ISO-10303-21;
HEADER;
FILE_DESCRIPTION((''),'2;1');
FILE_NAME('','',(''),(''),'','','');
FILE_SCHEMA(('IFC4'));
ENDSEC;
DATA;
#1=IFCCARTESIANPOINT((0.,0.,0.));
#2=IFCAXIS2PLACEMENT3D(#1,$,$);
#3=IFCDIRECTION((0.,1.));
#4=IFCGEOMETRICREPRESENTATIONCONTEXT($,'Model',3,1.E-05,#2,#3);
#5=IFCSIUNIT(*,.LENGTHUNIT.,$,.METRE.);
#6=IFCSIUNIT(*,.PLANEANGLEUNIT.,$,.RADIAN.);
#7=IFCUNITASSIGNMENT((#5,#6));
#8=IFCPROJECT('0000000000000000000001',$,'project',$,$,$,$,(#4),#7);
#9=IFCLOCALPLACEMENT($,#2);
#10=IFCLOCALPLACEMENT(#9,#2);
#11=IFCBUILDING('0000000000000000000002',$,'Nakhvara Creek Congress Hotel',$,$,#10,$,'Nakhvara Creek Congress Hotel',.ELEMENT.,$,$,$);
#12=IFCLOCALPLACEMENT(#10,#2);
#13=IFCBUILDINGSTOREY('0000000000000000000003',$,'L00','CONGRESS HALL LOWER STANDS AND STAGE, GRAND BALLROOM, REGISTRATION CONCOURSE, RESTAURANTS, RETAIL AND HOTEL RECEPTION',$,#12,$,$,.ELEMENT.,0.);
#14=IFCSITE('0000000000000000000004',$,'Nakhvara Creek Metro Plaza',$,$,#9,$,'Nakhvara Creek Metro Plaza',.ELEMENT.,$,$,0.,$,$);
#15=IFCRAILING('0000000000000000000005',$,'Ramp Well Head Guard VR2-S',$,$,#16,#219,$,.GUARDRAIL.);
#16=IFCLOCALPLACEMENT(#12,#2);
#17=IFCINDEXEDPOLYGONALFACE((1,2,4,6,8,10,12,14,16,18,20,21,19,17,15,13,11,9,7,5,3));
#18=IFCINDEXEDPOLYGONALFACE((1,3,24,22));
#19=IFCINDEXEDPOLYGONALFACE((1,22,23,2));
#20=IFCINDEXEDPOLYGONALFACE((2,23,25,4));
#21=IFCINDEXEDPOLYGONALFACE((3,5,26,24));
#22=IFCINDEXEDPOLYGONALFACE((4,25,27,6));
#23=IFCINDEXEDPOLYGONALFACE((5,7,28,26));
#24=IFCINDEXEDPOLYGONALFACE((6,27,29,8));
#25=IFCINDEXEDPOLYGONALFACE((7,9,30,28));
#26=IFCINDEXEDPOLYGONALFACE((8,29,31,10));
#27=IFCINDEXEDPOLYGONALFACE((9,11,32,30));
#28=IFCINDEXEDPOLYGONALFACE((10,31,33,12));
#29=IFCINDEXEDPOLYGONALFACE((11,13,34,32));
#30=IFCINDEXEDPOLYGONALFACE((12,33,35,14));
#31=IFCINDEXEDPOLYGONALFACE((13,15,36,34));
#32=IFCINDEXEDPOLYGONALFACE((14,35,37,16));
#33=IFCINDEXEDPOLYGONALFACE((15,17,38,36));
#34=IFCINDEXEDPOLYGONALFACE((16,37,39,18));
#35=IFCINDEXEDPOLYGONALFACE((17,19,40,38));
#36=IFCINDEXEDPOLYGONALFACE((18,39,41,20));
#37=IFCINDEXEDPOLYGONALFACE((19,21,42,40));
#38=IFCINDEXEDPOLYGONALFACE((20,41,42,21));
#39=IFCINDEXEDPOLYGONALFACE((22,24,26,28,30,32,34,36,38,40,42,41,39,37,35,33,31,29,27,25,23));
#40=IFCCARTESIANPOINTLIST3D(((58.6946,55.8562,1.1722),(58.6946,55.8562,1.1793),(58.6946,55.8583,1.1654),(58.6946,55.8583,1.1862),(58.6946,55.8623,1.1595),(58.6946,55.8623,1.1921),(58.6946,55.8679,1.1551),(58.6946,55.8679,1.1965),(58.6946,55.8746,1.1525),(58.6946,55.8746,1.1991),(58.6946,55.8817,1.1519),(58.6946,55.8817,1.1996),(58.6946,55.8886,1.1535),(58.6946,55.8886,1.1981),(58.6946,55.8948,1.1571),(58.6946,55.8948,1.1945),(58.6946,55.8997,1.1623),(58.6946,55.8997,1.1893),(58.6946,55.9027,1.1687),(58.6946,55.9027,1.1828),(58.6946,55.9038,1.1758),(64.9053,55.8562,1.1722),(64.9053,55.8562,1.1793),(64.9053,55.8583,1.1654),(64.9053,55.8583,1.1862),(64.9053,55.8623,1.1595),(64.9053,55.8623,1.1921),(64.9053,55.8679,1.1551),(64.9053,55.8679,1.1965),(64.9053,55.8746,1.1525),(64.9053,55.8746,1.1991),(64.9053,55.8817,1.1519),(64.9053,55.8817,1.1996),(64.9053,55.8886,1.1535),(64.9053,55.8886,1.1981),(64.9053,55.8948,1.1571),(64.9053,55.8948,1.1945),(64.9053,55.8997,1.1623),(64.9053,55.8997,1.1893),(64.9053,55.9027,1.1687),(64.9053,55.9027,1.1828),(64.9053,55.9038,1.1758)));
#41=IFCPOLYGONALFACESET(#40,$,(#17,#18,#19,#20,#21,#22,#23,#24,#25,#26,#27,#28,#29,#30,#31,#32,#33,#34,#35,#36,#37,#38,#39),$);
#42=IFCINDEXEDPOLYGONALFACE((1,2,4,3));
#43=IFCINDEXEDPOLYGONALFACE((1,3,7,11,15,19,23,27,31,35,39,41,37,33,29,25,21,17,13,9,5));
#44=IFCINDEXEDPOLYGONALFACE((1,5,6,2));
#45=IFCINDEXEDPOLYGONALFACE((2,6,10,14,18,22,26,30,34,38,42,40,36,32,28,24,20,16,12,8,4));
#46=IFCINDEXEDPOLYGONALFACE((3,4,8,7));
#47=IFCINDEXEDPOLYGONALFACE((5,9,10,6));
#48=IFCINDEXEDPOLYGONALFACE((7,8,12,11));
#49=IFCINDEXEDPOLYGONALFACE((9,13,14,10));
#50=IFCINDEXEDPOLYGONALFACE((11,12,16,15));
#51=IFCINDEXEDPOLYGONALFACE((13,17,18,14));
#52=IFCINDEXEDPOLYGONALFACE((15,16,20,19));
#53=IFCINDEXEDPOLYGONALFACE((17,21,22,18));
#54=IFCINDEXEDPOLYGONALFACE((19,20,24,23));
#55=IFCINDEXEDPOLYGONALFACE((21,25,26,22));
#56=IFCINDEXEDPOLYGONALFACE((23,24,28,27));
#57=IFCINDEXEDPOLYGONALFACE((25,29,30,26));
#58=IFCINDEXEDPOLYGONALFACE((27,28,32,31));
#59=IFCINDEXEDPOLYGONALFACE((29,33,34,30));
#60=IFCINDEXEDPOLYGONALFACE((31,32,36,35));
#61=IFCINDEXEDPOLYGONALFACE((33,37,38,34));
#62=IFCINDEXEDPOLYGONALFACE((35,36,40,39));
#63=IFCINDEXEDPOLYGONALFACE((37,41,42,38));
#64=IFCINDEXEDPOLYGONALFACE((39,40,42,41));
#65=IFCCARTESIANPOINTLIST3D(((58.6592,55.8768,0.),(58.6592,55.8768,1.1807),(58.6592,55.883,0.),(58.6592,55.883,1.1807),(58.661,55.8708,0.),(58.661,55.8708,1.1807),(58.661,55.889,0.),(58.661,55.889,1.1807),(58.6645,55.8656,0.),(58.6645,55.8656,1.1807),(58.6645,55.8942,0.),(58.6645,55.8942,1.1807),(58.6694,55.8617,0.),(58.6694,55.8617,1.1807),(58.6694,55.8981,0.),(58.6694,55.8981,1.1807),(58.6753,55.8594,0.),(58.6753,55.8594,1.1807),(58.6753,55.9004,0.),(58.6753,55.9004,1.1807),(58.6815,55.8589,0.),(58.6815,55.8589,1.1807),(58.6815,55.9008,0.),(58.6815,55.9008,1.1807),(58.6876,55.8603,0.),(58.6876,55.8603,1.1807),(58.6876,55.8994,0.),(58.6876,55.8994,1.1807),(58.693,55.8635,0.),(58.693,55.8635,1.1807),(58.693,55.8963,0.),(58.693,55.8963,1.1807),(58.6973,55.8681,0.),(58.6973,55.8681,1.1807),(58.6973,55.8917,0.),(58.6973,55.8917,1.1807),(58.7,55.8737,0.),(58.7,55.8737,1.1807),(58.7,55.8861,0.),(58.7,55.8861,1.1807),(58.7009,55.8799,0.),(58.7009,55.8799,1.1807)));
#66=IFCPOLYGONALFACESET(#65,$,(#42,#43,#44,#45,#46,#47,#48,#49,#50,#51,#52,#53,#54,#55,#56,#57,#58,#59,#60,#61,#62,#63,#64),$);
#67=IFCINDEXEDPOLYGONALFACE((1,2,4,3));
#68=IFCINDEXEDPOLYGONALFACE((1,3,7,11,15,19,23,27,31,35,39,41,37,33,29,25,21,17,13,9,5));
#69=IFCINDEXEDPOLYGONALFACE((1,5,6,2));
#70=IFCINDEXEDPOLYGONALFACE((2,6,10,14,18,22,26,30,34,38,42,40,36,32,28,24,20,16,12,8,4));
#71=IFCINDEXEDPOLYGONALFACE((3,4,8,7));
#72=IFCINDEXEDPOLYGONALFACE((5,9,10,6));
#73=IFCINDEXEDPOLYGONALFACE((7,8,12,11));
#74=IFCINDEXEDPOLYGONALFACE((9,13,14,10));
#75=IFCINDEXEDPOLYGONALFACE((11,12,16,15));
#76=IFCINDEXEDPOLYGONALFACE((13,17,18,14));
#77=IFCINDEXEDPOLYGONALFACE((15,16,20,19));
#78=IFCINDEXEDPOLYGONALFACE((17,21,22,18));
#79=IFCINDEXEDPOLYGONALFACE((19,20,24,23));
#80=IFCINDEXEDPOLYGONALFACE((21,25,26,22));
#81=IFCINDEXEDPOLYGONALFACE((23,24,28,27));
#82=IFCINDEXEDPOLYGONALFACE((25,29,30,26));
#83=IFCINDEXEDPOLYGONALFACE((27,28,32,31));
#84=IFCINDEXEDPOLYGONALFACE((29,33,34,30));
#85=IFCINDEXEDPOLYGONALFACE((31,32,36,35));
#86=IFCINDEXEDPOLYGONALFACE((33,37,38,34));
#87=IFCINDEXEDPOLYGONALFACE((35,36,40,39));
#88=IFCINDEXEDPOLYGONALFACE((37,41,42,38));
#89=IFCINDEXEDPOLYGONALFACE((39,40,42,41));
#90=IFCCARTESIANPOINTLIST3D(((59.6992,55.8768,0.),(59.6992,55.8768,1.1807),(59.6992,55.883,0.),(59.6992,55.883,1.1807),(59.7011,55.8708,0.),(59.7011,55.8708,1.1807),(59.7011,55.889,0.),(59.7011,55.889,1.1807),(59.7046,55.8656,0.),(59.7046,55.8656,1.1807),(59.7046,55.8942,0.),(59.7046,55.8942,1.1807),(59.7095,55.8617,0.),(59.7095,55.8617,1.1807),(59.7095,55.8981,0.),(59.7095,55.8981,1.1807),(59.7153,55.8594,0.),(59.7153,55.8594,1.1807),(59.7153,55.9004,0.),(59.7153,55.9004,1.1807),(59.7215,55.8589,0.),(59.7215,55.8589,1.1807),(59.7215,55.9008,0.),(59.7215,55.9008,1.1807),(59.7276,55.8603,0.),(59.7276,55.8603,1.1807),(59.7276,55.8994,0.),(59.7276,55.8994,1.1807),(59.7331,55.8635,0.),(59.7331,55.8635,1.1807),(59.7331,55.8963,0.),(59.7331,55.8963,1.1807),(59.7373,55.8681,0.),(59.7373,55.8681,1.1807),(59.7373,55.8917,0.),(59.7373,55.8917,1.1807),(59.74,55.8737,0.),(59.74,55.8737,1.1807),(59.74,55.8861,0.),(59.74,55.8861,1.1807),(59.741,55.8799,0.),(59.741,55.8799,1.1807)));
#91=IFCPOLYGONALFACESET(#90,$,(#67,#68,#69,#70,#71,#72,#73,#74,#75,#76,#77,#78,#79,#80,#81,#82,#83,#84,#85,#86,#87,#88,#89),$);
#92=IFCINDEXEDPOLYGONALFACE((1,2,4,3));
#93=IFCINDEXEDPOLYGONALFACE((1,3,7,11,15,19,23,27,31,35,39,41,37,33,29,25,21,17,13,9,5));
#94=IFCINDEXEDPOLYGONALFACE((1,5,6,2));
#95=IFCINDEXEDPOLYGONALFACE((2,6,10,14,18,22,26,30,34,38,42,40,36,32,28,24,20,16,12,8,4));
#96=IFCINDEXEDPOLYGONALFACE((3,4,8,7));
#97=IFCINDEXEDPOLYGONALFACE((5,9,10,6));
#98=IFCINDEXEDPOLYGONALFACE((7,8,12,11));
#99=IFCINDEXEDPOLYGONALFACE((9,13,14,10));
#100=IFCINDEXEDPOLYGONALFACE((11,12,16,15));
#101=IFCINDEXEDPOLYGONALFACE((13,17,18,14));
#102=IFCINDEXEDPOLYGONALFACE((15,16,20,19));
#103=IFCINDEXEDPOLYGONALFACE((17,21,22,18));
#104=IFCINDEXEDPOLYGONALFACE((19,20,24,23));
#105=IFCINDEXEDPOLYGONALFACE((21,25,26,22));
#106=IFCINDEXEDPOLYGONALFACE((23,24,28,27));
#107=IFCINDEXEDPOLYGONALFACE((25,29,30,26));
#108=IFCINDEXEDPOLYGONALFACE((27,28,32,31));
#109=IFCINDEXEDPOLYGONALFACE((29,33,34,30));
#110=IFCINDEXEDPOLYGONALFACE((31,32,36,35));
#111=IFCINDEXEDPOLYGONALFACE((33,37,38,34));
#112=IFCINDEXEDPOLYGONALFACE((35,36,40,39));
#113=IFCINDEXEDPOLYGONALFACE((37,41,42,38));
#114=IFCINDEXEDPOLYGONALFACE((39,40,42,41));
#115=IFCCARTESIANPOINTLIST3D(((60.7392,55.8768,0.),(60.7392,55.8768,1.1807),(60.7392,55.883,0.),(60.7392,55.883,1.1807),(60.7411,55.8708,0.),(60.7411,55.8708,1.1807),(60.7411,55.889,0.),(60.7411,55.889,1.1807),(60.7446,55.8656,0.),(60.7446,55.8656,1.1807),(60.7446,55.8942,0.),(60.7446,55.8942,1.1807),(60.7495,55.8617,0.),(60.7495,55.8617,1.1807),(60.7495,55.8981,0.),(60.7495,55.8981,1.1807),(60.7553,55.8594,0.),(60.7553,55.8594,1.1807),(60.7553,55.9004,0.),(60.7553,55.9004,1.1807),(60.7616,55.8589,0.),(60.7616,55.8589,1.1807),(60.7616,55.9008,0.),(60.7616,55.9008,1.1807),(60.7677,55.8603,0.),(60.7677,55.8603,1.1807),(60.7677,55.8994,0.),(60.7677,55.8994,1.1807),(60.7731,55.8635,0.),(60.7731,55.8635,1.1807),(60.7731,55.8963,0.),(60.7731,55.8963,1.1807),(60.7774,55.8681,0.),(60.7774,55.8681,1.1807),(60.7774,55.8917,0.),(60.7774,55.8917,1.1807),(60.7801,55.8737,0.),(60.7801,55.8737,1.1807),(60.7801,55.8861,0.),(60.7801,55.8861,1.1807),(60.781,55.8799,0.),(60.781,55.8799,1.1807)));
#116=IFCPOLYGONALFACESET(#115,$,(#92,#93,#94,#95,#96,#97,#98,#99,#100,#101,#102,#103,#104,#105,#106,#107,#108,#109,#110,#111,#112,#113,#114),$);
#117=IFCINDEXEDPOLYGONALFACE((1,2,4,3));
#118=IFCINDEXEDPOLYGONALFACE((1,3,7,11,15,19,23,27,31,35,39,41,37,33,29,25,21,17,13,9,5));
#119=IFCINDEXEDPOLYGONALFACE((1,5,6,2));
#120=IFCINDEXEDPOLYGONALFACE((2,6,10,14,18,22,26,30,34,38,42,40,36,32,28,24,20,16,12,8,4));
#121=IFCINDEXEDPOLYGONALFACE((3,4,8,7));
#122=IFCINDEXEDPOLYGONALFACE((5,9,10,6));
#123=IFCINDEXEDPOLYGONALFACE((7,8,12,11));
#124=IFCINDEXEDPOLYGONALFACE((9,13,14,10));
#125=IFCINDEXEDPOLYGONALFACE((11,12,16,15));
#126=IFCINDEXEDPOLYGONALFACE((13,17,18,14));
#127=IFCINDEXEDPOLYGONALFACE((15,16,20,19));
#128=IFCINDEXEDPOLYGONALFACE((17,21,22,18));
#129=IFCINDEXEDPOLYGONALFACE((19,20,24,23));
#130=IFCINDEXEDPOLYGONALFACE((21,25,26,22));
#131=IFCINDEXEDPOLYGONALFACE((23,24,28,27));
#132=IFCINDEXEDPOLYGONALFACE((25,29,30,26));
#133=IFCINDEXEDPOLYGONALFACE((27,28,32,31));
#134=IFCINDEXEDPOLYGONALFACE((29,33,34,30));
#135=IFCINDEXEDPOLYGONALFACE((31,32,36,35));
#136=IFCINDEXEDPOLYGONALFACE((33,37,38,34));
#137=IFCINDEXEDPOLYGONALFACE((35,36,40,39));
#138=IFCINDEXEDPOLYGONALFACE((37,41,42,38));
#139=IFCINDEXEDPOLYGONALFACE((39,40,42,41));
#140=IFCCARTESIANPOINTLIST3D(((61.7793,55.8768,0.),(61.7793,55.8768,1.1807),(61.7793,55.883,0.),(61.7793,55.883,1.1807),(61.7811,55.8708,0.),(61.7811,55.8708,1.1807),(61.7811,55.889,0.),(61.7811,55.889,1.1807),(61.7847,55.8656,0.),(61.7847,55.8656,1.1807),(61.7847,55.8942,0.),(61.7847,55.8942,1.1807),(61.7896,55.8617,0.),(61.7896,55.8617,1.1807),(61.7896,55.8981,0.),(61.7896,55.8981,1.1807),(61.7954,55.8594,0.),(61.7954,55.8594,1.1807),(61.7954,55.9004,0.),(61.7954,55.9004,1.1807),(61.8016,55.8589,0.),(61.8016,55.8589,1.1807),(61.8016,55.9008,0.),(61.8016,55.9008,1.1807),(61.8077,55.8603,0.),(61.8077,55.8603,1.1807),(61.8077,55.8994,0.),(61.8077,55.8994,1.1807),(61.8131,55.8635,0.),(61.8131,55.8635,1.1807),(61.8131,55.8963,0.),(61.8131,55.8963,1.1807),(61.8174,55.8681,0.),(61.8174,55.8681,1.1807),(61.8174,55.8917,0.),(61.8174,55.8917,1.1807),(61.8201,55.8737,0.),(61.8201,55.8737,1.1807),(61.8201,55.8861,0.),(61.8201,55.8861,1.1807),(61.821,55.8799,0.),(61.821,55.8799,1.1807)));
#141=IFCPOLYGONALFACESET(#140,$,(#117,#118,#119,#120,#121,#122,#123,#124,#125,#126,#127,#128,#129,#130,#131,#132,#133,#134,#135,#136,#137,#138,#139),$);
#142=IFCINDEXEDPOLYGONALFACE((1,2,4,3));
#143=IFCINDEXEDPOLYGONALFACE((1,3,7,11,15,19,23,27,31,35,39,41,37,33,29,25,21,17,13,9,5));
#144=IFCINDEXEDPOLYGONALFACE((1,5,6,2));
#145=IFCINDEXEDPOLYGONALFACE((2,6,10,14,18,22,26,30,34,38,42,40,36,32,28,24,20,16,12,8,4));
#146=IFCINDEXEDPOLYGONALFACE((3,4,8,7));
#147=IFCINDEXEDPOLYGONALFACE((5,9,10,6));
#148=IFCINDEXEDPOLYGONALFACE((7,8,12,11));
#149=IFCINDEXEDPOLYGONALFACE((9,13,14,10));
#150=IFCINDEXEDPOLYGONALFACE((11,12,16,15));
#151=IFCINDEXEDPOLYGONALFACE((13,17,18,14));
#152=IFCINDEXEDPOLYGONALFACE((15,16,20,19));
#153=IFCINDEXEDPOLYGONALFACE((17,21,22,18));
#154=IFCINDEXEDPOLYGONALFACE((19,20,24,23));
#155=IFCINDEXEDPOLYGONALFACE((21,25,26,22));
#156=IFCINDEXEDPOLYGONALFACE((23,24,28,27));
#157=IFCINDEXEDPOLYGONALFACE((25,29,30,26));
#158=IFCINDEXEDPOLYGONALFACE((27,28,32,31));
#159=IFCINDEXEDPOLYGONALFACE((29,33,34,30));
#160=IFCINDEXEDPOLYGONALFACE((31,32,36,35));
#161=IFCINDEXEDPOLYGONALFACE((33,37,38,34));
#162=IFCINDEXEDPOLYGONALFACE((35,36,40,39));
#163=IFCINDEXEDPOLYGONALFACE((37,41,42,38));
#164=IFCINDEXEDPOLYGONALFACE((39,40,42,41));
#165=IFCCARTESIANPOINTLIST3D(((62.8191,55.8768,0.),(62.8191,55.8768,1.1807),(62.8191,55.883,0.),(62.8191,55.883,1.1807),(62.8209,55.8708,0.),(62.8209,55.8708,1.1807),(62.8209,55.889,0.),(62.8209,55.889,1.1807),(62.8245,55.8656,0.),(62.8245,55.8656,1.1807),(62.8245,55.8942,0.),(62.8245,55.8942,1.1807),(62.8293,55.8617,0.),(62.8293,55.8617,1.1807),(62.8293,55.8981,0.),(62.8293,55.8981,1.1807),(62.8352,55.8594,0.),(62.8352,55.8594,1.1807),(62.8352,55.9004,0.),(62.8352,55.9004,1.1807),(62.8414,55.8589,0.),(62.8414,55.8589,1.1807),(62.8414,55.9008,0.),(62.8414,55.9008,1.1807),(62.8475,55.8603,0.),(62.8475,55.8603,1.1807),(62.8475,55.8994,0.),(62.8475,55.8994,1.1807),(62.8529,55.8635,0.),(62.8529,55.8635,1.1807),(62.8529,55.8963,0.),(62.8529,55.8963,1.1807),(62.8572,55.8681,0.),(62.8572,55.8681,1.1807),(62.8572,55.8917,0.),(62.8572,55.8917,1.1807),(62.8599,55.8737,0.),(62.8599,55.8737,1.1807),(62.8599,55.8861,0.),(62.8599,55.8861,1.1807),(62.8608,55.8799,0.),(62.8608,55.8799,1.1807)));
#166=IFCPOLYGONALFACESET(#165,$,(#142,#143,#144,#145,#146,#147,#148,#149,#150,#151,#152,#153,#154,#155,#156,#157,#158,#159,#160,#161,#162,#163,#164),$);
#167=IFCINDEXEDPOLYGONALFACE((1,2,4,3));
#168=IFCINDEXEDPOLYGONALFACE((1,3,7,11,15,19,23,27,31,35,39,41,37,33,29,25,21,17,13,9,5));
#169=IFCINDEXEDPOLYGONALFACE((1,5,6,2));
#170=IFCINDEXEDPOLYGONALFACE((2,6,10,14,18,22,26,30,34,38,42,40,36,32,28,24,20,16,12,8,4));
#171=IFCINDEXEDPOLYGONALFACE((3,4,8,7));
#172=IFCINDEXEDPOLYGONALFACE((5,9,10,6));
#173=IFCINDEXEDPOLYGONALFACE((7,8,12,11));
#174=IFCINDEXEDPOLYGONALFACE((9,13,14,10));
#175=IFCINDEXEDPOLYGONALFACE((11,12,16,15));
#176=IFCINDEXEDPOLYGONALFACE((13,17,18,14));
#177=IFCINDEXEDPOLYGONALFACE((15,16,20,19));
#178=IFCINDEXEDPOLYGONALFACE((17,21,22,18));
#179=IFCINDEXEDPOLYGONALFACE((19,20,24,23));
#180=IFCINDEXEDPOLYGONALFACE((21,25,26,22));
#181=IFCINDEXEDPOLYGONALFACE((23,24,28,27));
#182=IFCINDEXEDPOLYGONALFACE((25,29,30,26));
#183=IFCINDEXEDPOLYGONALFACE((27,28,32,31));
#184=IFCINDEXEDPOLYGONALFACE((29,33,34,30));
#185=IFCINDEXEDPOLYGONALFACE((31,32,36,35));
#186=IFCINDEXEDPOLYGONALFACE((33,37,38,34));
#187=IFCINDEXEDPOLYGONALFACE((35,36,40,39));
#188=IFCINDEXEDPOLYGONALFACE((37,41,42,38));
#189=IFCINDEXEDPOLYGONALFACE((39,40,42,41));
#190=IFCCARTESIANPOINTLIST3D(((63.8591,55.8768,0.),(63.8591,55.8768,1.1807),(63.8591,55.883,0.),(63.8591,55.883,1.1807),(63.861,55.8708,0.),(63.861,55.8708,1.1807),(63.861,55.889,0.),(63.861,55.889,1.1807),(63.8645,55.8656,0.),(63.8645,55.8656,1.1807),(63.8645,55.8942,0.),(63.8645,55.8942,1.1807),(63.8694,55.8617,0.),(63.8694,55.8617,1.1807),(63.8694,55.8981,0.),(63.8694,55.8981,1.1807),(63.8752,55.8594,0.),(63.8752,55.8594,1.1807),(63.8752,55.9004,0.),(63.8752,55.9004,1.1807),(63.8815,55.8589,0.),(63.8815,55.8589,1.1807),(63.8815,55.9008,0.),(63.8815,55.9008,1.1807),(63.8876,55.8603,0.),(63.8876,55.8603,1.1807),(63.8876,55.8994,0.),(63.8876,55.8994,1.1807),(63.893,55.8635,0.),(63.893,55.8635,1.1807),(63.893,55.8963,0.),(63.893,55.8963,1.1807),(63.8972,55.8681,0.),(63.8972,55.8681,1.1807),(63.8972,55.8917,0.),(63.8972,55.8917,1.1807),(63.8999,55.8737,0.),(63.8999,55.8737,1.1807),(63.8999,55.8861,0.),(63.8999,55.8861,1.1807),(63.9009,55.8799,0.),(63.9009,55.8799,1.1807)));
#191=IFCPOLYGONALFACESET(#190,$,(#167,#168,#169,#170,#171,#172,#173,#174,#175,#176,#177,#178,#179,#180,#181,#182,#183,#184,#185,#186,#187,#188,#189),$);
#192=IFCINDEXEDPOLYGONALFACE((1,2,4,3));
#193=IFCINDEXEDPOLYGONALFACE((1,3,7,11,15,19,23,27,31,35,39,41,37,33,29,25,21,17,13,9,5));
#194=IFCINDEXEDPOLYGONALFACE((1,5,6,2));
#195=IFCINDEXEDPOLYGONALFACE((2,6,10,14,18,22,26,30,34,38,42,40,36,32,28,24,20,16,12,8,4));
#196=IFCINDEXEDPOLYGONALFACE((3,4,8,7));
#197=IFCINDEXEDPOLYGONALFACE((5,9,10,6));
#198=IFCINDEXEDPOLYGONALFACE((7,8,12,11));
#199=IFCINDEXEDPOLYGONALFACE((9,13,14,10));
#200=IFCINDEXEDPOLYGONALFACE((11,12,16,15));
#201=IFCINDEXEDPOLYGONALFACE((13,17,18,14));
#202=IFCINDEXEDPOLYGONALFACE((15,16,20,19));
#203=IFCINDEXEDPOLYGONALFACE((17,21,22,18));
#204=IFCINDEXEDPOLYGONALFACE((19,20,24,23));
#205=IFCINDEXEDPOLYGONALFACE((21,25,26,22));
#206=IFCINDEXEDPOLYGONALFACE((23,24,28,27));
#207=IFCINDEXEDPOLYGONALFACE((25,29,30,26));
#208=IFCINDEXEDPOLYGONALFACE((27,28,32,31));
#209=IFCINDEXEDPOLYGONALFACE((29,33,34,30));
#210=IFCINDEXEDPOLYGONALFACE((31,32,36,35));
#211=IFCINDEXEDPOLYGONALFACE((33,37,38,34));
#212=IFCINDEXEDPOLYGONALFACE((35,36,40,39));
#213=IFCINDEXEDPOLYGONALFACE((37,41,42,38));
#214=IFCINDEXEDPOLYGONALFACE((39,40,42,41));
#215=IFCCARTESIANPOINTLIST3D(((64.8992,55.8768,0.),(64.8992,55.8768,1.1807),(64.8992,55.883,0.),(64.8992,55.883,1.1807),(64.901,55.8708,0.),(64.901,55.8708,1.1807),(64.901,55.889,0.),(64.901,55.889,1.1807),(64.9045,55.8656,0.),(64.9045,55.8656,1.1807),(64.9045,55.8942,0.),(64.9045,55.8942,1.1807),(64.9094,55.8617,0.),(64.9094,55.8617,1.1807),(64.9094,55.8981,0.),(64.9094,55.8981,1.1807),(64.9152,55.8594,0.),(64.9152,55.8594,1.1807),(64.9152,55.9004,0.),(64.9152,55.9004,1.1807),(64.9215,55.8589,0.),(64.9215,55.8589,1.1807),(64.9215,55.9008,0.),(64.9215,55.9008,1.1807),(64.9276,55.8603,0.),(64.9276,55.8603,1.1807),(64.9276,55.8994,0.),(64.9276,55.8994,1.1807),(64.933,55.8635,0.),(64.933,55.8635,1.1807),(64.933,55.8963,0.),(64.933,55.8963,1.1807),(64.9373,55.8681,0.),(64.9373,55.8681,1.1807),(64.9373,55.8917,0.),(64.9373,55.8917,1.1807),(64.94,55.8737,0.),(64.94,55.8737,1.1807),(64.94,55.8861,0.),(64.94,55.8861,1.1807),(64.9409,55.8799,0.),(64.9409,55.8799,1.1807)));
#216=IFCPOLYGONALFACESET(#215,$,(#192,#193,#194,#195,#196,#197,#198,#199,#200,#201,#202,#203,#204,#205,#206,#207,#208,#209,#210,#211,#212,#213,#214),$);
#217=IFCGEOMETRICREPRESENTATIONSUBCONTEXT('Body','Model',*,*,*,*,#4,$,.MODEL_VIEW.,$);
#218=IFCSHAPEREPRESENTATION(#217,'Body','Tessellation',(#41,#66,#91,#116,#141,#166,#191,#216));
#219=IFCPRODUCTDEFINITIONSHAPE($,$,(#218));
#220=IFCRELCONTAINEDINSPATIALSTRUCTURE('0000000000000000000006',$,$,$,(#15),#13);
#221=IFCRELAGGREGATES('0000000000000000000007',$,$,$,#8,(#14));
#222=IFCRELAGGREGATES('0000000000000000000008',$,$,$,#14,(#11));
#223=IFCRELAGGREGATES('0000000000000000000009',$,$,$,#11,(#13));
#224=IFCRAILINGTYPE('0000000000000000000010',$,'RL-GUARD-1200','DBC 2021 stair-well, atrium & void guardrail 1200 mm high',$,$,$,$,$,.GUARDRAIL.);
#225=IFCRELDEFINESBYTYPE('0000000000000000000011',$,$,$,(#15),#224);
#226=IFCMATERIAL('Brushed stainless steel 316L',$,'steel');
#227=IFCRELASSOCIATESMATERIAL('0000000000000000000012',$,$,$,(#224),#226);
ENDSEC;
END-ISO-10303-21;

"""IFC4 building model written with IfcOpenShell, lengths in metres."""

from ifc_helpers import new_model, si_unit, direction, frame, origin, origin_2d, place, context, subcontext, project, spatial, circle, extrude, material, type_object, element, save


model = new_model("IFC4")

# Units and contexts
model_context = context("Model", 3, precision=1e-05, world=origin(), true_north=direction((0.0, 1.0)))
body_context = subcontext(model_context, "Body", "Model", "MODEL_VIEW")
ifc_project = project(units=[si_unit("LENGTHUNIT", "METRE"), si_unit("PLANEANGLEUNIT", "RADIAN")], contexts=[model_context])

# Site, building, storey
site_placement = place(None, origin())
site = spatial("IfcSite", under=ifc_project, at=site_placement, Name="Nakhvara Creek Metro Plaza", LongName="Nakhvara Creek Metro Plaza", CompositionType="ELEMENT", RefElevation=0.0)
building_placement = place(site_placement, origin())
building = spatial("IfcBuilding", under=site, at=building_placement, Name="Nakhvara Creek Congress Hotel", LongName="Nakhvara Creek Congress Hotel", CompositionType="ELEMENT")
storey_placement = place(building_placement, origin())
storey = spatial("IfcBuildingStorey", under=building, at=storey_placement, Name="L00", Description="CONGRESS HALL LOWER STANDS AND STAGE, GRAND BALLROOM, REGISTRATION CONCOURSE, RESTAURANTS, RETAIL AND HOTEL RECEPTION", CompositionType="ELEMENT", Elevation=0.0)

# Railing
ifc_material_1 = material(Name="Brushed stainless steel 316L", Category="steel")
railing_type_1 = type_object("IfcRailingType", Name="RL-GUARD-1200", Description="DBC 2021 stair-well, atrium & void guardrail 1200 mm high", PredefinedType="GUARDRAIL", material=ifc_material_1)
railing_1_placement = place(storey_placement, frame((58.6799, 55.8799, 0.0)))
element("IfcRailing", 1, at=railing_1_placement, inside=storey, type_object=railing_type_1, Name="Ramp Well Head Guard VR2-S", PredefinedType="GUARDRAIL", context=body_context, shape_type="SweptSolid", body=[
    extrude(circle(Radius=0.0239, at=origin_2d()), frame((0.0146, 0.0, 1.1758), z_axis=(1.0, 0.0, 0.0), x_axis=(0.0, 1.0, 0.0)), (0.0, 0.0, 1.0), 6.2107),
    extrude(circle(Radius=0.021, at=origin_2d()), origin(), (0.0, 0.0, 1.0), 1.1807),
    extrude(circle(Radius=0.021, at=origin_2d()), frame((1.04, 0.0, 0.0)), (0.0, 0.0, 1.0), 1.1807),
    extrude(circle(Radius=0.021, at=origin_2d()), frame((2.0801, 0.0, 0.0)), (0.0, 0.0, 1.0), 1.1807),
    extrude(circle(Radius=0.021, at=origin_2d()), frame((3.1201, 0.0, 0.0)), (0.0, 0.0, 1.0), 1.1807),
    extrude(circle(Radius=0.021, at=origin_2d()), frame((4.1599, 0.0, 0.0)), (0.0, 0.0, 1.0), 1.1807),
    extrude(circle(Radius=0.021, at=origin_2d()), frame((5.2, 0.0, 0.0)), (0.0, 0.0, 1.0), 1.1807),
    extrude(circle(Radius=0.021, at=origin_2d()), frame((6.24, 0.0, 0.0)), (0.0, 0.0, 1.0), 1.1807),
])

save(model, "model.ifc")
